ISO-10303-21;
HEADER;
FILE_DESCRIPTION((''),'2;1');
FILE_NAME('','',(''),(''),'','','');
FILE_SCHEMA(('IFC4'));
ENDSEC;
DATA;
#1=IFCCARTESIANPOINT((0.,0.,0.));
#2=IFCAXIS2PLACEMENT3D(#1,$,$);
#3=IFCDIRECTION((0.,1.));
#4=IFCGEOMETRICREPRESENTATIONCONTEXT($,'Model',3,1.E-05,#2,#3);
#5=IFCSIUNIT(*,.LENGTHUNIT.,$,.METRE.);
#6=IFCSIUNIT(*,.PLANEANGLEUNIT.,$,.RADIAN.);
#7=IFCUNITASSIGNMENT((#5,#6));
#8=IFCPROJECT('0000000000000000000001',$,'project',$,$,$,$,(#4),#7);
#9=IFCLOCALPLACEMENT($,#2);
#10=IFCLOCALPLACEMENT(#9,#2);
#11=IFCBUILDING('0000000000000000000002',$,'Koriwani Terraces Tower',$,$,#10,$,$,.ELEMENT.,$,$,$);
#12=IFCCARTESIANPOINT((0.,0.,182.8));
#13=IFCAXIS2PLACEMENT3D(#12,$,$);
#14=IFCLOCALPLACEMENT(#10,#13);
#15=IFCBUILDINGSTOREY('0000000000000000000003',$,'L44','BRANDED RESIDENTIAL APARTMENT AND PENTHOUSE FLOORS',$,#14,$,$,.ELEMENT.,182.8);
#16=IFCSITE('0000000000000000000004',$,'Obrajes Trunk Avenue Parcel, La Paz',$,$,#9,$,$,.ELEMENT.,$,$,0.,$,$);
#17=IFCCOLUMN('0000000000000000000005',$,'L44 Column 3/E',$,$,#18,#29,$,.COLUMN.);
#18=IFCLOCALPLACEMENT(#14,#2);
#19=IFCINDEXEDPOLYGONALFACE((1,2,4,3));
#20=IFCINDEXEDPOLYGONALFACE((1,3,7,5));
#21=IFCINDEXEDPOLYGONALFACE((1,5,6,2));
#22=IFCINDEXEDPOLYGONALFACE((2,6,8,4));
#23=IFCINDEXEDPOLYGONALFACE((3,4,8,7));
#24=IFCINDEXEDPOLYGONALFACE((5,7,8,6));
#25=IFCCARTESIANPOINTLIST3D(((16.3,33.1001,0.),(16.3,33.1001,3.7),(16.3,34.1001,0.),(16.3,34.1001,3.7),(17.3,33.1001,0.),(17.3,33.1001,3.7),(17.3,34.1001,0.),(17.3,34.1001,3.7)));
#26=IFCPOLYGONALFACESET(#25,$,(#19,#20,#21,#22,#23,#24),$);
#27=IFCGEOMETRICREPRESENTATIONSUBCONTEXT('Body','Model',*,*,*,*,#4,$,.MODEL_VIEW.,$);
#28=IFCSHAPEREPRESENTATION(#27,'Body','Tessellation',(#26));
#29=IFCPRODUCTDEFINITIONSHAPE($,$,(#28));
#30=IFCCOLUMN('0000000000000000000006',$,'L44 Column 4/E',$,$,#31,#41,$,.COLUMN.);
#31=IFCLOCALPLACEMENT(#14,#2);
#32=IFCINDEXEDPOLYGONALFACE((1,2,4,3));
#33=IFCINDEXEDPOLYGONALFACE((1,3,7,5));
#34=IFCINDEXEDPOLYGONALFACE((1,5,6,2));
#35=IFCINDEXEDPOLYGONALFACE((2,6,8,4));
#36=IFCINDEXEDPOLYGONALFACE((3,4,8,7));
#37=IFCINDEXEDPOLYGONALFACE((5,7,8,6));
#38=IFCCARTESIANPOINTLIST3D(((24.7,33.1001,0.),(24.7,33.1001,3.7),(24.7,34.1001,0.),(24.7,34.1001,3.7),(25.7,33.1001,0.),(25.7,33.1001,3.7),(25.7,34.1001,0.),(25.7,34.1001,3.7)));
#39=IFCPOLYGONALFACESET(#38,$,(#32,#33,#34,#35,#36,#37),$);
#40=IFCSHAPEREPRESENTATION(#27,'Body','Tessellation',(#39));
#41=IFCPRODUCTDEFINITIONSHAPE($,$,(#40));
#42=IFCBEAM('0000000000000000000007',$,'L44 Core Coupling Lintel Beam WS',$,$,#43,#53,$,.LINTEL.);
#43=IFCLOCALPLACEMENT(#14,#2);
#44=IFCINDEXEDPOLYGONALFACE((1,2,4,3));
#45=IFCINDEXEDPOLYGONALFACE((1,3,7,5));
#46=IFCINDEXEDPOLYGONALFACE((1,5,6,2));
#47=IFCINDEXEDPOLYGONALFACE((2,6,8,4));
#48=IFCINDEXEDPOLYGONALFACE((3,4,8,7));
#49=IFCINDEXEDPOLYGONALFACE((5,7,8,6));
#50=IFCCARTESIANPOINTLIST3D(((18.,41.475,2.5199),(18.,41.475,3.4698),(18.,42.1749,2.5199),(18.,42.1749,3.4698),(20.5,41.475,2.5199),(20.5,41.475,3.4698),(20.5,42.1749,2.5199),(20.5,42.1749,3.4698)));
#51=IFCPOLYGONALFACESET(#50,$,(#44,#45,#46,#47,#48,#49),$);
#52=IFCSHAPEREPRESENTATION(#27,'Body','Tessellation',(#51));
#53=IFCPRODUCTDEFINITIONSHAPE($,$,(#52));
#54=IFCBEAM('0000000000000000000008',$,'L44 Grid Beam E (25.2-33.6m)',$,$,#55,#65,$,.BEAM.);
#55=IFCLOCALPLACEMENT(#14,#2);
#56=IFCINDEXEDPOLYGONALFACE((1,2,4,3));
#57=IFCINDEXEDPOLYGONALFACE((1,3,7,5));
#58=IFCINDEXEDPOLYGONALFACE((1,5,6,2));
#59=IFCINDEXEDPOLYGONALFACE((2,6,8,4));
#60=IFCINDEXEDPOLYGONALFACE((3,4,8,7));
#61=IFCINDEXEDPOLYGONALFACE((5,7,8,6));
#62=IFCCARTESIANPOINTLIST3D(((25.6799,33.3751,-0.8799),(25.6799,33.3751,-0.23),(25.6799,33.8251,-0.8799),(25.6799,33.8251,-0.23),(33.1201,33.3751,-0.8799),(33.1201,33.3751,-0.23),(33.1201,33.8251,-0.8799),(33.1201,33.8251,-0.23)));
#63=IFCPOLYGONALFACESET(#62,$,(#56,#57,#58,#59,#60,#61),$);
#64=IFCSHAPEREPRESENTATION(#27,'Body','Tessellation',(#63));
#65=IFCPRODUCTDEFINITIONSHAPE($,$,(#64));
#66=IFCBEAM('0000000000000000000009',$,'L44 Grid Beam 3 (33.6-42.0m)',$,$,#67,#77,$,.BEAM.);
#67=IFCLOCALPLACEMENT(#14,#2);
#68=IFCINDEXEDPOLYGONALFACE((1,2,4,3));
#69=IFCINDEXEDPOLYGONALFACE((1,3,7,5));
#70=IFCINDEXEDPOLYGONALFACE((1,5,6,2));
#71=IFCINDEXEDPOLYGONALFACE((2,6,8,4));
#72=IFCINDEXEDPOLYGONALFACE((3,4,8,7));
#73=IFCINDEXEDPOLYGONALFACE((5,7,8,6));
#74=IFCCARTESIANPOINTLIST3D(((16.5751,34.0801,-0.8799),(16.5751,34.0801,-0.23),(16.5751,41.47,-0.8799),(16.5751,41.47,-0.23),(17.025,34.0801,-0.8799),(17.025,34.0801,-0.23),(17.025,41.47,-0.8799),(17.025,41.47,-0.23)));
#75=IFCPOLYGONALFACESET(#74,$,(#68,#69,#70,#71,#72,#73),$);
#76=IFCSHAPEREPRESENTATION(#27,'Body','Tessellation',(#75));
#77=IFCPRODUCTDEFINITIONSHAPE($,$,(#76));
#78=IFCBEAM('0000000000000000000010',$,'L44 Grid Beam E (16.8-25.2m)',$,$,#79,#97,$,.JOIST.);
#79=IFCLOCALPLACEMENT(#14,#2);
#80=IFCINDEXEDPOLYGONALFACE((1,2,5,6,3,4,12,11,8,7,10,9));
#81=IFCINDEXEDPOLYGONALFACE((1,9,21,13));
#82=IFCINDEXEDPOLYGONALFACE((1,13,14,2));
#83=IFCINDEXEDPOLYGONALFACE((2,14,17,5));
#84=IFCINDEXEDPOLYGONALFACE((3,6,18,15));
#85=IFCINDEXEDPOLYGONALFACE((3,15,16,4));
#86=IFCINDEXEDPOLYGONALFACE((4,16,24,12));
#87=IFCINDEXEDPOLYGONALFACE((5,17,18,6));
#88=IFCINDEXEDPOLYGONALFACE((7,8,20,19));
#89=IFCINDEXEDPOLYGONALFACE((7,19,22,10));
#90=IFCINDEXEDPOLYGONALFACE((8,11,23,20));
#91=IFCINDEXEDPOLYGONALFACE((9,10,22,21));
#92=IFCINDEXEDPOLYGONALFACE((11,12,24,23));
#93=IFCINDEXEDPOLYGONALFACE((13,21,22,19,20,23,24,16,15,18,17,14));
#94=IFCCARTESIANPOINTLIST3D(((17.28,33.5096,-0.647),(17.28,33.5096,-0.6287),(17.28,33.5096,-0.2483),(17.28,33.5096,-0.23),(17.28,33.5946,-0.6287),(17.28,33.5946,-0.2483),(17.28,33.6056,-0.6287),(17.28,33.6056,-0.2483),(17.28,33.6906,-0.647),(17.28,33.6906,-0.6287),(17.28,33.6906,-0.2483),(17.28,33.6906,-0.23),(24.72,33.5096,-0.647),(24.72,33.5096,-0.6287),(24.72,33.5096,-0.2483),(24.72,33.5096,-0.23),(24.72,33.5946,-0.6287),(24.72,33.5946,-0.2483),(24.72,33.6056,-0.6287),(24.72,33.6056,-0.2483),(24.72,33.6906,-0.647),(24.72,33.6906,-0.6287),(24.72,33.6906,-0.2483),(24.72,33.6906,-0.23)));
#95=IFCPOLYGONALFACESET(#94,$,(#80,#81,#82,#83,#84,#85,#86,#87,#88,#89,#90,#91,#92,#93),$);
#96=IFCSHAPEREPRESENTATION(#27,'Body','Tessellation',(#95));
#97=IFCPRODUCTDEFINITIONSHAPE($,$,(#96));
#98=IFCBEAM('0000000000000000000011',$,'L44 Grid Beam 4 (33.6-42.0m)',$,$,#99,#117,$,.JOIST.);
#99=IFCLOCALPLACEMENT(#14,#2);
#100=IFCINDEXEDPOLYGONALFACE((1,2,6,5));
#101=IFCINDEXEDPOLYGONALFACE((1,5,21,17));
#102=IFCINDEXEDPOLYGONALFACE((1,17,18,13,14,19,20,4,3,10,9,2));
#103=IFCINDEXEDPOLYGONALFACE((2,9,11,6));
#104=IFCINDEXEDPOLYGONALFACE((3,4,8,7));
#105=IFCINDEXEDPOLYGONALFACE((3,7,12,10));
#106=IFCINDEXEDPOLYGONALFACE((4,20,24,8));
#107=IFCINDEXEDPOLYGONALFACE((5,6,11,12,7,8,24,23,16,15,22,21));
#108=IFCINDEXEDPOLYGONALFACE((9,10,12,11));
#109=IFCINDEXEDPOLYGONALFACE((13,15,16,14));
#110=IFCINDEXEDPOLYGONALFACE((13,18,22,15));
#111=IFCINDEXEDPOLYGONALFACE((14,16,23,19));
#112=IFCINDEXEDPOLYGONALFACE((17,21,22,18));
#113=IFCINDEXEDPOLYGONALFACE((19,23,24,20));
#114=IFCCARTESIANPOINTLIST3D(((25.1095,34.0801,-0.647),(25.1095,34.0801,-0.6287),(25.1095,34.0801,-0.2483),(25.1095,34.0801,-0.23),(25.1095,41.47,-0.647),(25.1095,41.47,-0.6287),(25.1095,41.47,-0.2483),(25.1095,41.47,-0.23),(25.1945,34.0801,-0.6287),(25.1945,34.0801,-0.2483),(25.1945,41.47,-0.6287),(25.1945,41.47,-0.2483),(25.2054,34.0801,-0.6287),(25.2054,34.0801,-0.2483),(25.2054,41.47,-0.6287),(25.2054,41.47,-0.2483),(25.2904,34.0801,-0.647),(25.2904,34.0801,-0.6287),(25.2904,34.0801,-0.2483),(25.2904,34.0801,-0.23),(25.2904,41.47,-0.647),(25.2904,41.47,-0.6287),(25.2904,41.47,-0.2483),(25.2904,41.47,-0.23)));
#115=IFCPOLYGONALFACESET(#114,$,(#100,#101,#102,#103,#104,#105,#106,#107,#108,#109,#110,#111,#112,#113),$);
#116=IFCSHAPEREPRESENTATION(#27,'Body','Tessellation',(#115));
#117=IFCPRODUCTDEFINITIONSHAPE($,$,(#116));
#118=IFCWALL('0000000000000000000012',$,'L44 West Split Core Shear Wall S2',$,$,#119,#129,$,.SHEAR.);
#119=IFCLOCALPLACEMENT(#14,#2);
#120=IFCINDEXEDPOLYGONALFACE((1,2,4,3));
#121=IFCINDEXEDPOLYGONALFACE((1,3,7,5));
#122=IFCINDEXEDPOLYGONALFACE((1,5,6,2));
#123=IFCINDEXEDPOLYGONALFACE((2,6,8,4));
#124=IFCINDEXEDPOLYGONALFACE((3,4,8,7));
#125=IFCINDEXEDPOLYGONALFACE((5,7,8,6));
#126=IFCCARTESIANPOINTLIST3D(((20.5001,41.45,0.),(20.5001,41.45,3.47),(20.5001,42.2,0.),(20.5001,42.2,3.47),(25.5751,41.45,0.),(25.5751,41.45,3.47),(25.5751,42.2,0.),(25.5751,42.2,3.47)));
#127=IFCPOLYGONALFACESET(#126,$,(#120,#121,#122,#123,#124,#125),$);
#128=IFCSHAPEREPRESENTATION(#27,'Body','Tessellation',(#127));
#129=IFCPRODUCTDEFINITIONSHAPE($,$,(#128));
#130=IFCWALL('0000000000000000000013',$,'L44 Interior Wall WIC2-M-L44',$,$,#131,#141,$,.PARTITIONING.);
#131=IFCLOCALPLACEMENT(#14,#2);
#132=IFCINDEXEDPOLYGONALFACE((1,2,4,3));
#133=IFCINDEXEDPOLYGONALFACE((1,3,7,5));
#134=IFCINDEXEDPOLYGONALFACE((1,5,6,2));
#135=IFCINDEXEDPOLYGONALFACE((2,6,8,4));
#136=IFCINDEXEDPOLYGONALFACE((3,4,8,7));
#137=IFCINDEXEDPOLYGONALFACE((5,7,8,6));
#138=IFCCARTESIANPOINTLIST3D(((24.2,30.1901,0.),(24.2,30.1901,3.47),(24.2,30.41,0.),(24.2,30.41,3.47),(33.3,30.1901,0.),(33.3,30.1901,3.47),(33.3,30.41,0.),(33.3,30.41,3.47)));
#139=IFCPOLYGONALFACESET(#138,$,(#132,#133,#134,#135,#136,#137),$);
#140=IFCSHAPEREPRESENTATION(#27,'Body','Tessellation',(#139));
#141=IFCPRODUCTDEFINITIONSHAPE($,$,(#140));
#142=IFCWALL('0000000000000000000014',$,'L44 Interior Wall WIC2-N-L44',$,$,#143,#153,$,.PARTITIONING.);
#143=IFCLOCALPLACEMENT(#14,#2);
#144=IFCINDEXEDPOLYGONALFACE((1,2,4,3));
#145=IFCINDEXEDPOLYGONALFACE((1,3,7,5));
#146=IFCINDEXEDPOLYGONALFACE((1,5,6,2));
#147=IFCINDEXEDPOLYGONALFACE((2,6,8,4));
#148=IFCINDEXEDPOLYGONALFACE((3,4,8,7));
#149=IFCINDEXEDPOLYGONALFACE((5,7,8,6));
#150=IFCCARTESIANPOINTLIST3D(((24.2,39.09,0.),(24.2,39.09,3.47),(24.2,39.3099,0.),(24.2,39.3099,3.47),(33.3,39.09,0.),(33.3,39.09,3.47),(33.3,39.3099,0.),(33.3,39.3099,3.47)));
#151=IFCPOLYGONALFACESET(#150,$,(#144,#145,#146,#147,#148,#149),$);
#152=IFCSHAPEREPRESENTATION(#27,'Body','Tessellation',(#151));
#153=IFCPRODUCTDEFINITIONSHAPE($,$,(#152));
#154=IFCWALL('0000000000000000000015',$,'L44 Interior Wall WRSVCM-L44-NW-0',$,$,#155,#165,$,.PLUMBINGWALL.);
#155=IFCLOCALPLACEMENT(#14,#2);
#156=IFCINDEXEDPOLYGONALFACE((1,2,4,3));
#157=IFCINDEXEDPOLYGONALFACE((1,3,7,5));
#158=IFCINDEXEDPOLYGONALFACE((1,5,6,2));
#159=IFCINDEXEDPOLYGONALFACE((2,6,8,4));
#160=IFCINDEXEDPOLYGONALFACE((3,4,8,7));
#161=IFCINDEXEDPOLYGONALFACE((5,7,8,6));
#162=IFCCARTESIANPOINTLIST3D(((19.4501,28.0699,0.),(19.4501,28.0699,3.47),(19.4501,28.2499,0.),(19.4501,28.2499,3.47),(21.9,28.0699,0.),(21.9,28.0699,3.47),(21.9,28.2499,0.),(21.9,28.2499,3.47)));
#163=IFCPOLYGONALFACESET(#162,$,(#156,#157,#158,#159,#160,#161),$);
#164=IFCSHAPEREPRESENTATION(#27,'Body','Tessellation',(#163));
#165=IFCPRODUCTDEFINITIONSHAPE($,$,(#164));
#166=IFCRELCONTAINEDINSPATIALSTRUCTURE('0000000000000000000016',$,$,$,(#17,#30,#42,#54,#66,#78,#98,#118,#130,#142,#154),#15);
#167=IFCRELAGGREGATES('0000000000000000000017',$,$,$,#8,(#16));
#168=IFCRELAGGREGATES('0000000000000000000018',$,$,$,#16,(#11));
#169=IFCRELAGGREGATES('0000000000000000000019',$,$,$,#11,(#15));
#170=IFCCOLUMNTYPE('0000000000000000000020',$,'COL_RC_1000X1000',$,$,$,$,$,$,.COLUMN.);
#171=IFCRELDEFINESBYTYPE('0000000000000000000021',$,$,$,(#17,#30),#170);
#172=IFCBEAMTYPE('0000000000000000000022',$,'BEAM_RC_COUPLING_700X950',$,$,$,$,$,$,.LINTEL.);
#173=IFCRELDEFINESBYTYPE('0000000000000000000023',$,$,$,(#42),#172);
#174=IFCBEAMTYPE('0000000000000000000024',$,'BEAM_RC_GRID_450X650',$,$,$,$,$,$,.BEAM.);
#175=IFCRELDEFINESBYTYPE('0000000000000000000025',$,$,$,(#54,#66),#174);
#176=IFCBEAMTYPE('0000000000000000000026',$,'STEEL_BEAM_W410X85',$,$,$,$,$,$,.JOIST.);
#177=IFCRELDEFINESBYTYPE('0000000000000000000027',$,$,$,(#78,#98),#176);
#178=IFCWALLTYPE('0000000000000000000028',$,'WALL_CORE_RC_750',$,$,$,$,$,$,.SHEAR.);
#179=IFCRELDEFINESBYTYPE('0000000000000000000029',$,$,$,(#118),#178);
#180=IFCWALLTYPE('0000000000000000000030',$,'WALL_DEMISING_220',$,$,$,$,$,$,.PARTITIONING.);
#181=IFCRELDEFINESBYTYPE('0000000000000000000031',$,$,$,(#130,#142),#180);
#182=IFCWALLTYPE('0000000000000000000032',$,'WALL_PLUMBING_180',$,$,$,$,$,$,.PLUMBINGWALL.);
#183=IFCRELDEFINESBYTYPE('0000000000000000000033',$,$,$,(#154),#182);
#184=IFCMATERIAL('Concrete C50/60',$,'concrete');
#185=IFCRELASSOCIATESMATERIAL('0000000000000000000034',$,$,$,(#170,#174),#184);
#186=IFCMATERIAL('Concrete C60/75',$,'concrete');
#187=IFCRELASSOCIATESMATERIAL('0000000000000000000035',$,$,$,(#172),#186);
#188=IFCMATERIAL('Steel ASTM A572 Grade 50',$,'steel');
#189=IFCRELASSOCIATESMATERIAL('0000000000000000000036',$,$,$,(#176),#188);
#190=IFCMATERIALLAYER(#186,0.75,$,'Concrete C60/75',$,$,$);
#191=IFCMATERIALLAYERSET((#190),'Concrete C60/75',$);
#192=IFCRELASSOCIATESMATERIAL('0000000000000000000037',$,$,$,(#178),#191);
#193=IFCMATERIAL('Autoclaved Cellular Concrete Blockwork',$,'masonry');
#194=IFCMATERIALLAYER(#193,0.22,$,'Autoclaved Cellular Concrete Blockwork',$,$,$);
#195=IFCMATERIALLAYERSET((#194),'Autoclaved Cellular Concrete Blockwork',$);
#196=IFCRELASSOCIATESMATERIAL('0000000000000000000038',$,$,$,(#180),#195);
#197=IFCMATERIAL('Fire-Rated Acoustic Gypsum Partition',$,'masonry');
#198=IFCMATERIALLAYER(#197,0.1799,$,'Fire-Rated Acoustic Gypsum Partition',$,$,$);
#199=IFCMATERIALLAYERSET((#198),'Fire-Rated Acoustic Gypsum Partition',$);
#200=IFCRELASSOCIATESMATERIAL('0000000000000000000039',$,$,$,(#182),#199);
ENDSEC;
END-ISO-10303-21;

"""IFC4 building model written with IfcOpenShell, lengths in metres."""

from ifc_helpers import new_model, si_unit, direction, frame, frame_2d, origin, origin_2d, place, context, subcontext, project, spatial, rectangle, i_section, extrude, material, layer, layer_set, material_profile, profile_set, type_object, element, save


model = new_model("IFC4")

# Units and contexts
model_context = context("Model", 3, precision=1e-05, world=origin(), true_north=direction((0.0, 1.0)))
body_context = subcontext(model_context, "Body", "Model", "MODEL_VIEW")
ifc_project = project(units=[si_unit("LENGTHUNIT", "METRE"), si_unit("PLANEANGLEUNIT", "RADIAN")], contexts=[model_context])

# Site, building, storey
site_placement = place(None, origin())
site = spatial("IfcSite", under=ifc_project, at=site_placement, Name="Obrajes Trunk Avenue Parcel, La Paz", CompositionType="ELEMENT", RefElevation=0.0)
building_placement = place(site_placement, origin())
building = spatial("IfcBuilding", under=site, at=building_placement, Name="Koriwani Terraces Tower", CompositionType="ELEMENT")
storey_placement = place(building_placement, frame((0.0, 0.0, 182.8)))
storey = spatial("IfcBuildingStorey", under=building, at=storey_placement, Name="L44", Description="BRANDED RESIDENTIAL APARTMENT AND PENTHOUSE FLOORS", CompositionType="ELEMENT", Elevation=182.8)

# Columns
ifc_material_1 = material(Name="Concrete C50/60", Category="concrete")
ifc_material_profile_1 = material_profile(ifc_material_1, rectangle(XDim=1.0, YDim=1.0, at=origin_2d()), Name="Concrete C50/60", Category="LoadBearing")
ifc_profile_set_1 = profile_set([ifc_material_profile_1], Name="Concrete C50/60")
column_type = type_object("IfcColumnType", Name="COL_RC_1000X1000", PredefinedType="COLUMN", material=ifc_profile_set_1)
for number, where, z_axis, x_axis, name in (
    (1, (16.8, 33.6001, 0.0), (0.0, 0.0, 1.0), (1.0, 0.0, 0.0), "L44 Column 3/E"),
    (2, (25.2, 33.6001, 0.0), (0.0, 0.0, 1.0), (1.0, 0.0, 0.0), "L44 Column 4/E"),
):
    element("IfcColumn", number, at=place(storey_placement, frame(where, z_axis=z_axis, x_axis=x_axis)), inside=storey, type_object=column_type, Name=name, PredefinedType="COLUMN", context=body_context, shape_type="SweptSolid", body=[
        extrude(rectangle(XDim=1.0, YDim=1.0, at=origin_2d()), origin(), (0.0, 0.0, 1.0), 3.7),
    ])

# Beams
ifc_material_2 = material(Name="Concrete C60/75", Category="concrete")
ifc_material_profile_2 = material_profile(ifc_material_2, rectangle(XDim=0.7, YDim=0.95, at=origin_2d()), Name="Concrete C60/75", Category="LoadBearing")
ifc_profile_set_2 = profile_set([ifc_material_profile_2], Name="Concrete C60/75")
beam_type_1 = type_object("IfcBeamType", Name="BEAM_RC_COUPLING_700X950", PredefinedType="LINTEL", material=ifc_profile_set_2)
beam_1_placement = place(storey_placement, frame((18.0, 41.825, 2.9949), z_axis=(1.0, 0.0, 0.0), x_axis=(0.0, 1.0, 0.0)))
element("IfcBeam", 3, at=beam_1_placement, inside=storey, type_object=beam_type_1, Name="L44 Core Coupling Lintel Beam WS", PredefinedType="LINTEL", context=body_context, shape_type="SweptSolid", body=[
    extrude(rectangle(XDim=0.7, YDim=0.95, at=origin_2d()), origin(), (0.0, 0.0, 1.0), 2.5),
])
ifc_material_profile_3 = material_profile(ifc_material_1, rectangle(XDim=0.45, YDim=0.6499, at=origin_2d()), Name="Concrete C50/60", Category="LoadBearing")
ifc_profile_set_3 = profile_set([ifc_material_profile_3], Name="Concrete C50/60")
beam_type_2 = type_object("IfcBeamType", Name="BEAM_RC_GRID_450X650", PredefinedType="BEAM", material=ifc_profile_set_3)
beam_2_placement = place(storey_placement, frame((25.6799, 33.6001, -0.5549), z_axis=(1.0, 0.0, 0.0), x_axis=(0.0, 1.0, 0.0)))
element("IfcBeam", 4, at=beam_2_placement, inside=storey, type_object=beam_type_2, Name="L44 Grid Beam E (25.2-33.6m)", PredefinedType="BEAM", context=body_context, shape_type="SweptSolid", body=[
    extrude(rectangle(XDim=0.45, YDim=0.6499, at=origin_2d()), origin(), (0.0, 0.0, 1.0), 7.4402),
])
beam_3_placement = place(storey_placement, frame((16.8, 34.0801, -0.5549), z_axis=(0.0, 1.0, 0.0), x_axis=(-1.0, 0.0, 0.0)))
element("IfcBeam", 5, at=beam_3_placement, inside=storey, type_object=beam_type_2, Name="L44 Grid Beam 3 (33.6-42.0m)", PredefinedType="BEAM", context=body_context, shape_type="SweptSolid", body=[
    extrude(rectangle(XDim=0.45, YDim=0.6499, at=origin_2d()), origin(), (0.0, 0.0, 1.0), 7.3899),
])
ifc_material_3 = material(Name="Steel ASTM A572 Grade 50", Category="steel")
ifc_material_profile_4 = material_profile(ifc_material_3, i_section(OverallWidth=0.1809, OverallDepth=0.417, WebThickness=0.011, FlangeThickness=0.0183, at=origin_2d()), Name="Steel ASTM A572 Grade 50", Category="LoadBearing")
ifc_profile_set_4 = profile_set([ifc_material_profile_4], Name="Steel ASTM A572 Grade 50")
beam_type_3 = type_object("IfcBeamType", Name="STEEL_BEAM_W410X85", PredefinedType="JOIST", material=ifc_profile_set_4)
beam_4_placement = place(storey_placement, frame((17.28, 33.6001, -0.4385), z_axis=(1.0, 0.0, 0.0), x_axis=(0.0, 1.0, 0.0)))
element("IfcBeam", 6, at=beam_4_placement, inside=storey, type_object=beam_type_3, Name="L44 Grid Beam E (16.8-25.2m)", PredefinedType="JOIST", context=body_context, shape_type="SweptSolid", body=[
    extrude(i_section(OverallWidth=0.1809, OverallDepth=0.417, WebThickness=0.011, FlangeThickness=0.0183, at=origin_2d()), origin(), (0.0, 0.0, 1.0), 7.4399),
])
beam_5_placement = place(storey_placement, frame((25.2, 34.0801, -0.4385), z_axis=(0.0, 1.0, 0.0), x_axis=(-1.0, 0.0, 0.0)))
element("IfcBeam", 7, at=beam_5_placement, inside=storey, type_object=beam_type_3, Name="L44 Grid Beam 4 (33.6-42.0m)", PredefinedType="JOIST", context=body_context, shape_type="SweptSolid", body=[
    extrude(i_section(OverallWidth=0.1809, OverallDepth=0.417, WebThickness=0.011, FlangeThickness=0.0183, at=origin_2d()), origin(), (0.0, 0.0, 1.0), 7.3899),
])

# Walls
ifc_layer_1 = layer(ifc_material_2, 0.75, Name="Concrete C60/75")
ifc_layer_set_1 = layer_set([ifc_layer_1], Name="Concrete C60/75")
wall_type_1 = type_object("IfcWallType", Name="WALL_CORE_RC_750", PredefinedType="SHEAR", material=ifc_layer_set_1)
wall_1_placement = place(storey_placement, frame((20.5, 41.825, 0.0), z_axis=(0.0, 0.0, 1.0), x_axis=(1.0, 0.0, 0.0)))
element("IfcWall", 8, at=wall_1_placement, inside=storey, type_object=wall_type_1, Name="L44 West Split Core Shear Wall S2", PredefinedType="SHEAR", context=body_context, shape_type="SweptSolid", body=[
    extrude(rectangle(XDim=5.075, YDim=0.75, at=frame_2d((2.5376, 0.0))), origin(), (0.0, 0.0, 1.0), 3.47),
])
ifc_material_4 = material(Name="Autoclaved Cellular Concrete Blockwork", Category="masonry")
ifc_layer_2 = layer(ifc_material_4, 0.22, Name="Autoclaved Cellular Concrete Blockwork")
ifc_layer_set_2 = layer_set([ifc_layer_2], Name="Autoclaved Cellular Concrete Blockwork")
wall_type_2 = type_object("IfcWallType", Name="WALL_DEMISING_220", PredefinedType="PARTITIONING", material=ifc_layer_set_2)
for number, where, z_axis, x_axis, name in (
    (9, (24.2, 30.3, 0.0), (0.0, 0.0, 1.0), (1.0, 0.0, 0.0), "L44 Interior Wall WIC2-M-L44"),
    (10, (24.2, 39.2, 0.0), (0.0, 0.0, 1.0), (1.0, 0.0, 0.0), "L44 Interior Wall WIC2-N-L44"),
):
    element("IfcWall", number, at=place(storey_placement, frame(where, z_axis=z_axis, x_axis=x_axis)), inside=storey, type_object=wall_type_2, Name=name, PredefinedType="PARTITIONING", context=body_context, shape_type="SweptSolid", body=[
        extrude(rectangle(XDim=9.1001, YDim=0.22, at=frame_2d((4.55, 0.0))), origin(), (0.0, 0.0, 1.0), 3.47),
    ])
ifc_material_5 = material(Name="Fire-Rated Acoustic Gypsum Partition", Category="masonry")
ifc_layer_3 = layer(ifc_material_5, 0.1799, Name="Fire-Rated Acoustic Gypsum Partition")
ifc_layer_set_3 = layer_set([ifc_layer_3], Name="Fire-Rated Acoustic Gypsum Partition")
wall_type_3 = type_object("IfcWallType", Name="WALL_PLUMBING_180", PredefinedType="PLUMBINGWALL", material=ifc_layer_set_3)
wall_2_placement = place(storey_placement, frame((19.45, 28.1599, 0.0), z_axis=(0.0, 0.0, 1.0), x_axis=(1.0, 0.0, 0.0)))
element("IfcWall", 11, at=wall_2_placement, inside=storey, type_object=wall_type_3, Name="L44 Interior Wall WRSVCM-L44-NW-0", PredefinedType="PLUMBINGWALL", context=body_context, shape_type="SweptSolid", body=[
    extrude(rectangle(XDim=2.45, YDim=0.1799, at=frame_2d((1.2251, 0.0))), origin(), (0.0, 0.0, 1.0), 3.47),
])

save(model, "model.ifc")
